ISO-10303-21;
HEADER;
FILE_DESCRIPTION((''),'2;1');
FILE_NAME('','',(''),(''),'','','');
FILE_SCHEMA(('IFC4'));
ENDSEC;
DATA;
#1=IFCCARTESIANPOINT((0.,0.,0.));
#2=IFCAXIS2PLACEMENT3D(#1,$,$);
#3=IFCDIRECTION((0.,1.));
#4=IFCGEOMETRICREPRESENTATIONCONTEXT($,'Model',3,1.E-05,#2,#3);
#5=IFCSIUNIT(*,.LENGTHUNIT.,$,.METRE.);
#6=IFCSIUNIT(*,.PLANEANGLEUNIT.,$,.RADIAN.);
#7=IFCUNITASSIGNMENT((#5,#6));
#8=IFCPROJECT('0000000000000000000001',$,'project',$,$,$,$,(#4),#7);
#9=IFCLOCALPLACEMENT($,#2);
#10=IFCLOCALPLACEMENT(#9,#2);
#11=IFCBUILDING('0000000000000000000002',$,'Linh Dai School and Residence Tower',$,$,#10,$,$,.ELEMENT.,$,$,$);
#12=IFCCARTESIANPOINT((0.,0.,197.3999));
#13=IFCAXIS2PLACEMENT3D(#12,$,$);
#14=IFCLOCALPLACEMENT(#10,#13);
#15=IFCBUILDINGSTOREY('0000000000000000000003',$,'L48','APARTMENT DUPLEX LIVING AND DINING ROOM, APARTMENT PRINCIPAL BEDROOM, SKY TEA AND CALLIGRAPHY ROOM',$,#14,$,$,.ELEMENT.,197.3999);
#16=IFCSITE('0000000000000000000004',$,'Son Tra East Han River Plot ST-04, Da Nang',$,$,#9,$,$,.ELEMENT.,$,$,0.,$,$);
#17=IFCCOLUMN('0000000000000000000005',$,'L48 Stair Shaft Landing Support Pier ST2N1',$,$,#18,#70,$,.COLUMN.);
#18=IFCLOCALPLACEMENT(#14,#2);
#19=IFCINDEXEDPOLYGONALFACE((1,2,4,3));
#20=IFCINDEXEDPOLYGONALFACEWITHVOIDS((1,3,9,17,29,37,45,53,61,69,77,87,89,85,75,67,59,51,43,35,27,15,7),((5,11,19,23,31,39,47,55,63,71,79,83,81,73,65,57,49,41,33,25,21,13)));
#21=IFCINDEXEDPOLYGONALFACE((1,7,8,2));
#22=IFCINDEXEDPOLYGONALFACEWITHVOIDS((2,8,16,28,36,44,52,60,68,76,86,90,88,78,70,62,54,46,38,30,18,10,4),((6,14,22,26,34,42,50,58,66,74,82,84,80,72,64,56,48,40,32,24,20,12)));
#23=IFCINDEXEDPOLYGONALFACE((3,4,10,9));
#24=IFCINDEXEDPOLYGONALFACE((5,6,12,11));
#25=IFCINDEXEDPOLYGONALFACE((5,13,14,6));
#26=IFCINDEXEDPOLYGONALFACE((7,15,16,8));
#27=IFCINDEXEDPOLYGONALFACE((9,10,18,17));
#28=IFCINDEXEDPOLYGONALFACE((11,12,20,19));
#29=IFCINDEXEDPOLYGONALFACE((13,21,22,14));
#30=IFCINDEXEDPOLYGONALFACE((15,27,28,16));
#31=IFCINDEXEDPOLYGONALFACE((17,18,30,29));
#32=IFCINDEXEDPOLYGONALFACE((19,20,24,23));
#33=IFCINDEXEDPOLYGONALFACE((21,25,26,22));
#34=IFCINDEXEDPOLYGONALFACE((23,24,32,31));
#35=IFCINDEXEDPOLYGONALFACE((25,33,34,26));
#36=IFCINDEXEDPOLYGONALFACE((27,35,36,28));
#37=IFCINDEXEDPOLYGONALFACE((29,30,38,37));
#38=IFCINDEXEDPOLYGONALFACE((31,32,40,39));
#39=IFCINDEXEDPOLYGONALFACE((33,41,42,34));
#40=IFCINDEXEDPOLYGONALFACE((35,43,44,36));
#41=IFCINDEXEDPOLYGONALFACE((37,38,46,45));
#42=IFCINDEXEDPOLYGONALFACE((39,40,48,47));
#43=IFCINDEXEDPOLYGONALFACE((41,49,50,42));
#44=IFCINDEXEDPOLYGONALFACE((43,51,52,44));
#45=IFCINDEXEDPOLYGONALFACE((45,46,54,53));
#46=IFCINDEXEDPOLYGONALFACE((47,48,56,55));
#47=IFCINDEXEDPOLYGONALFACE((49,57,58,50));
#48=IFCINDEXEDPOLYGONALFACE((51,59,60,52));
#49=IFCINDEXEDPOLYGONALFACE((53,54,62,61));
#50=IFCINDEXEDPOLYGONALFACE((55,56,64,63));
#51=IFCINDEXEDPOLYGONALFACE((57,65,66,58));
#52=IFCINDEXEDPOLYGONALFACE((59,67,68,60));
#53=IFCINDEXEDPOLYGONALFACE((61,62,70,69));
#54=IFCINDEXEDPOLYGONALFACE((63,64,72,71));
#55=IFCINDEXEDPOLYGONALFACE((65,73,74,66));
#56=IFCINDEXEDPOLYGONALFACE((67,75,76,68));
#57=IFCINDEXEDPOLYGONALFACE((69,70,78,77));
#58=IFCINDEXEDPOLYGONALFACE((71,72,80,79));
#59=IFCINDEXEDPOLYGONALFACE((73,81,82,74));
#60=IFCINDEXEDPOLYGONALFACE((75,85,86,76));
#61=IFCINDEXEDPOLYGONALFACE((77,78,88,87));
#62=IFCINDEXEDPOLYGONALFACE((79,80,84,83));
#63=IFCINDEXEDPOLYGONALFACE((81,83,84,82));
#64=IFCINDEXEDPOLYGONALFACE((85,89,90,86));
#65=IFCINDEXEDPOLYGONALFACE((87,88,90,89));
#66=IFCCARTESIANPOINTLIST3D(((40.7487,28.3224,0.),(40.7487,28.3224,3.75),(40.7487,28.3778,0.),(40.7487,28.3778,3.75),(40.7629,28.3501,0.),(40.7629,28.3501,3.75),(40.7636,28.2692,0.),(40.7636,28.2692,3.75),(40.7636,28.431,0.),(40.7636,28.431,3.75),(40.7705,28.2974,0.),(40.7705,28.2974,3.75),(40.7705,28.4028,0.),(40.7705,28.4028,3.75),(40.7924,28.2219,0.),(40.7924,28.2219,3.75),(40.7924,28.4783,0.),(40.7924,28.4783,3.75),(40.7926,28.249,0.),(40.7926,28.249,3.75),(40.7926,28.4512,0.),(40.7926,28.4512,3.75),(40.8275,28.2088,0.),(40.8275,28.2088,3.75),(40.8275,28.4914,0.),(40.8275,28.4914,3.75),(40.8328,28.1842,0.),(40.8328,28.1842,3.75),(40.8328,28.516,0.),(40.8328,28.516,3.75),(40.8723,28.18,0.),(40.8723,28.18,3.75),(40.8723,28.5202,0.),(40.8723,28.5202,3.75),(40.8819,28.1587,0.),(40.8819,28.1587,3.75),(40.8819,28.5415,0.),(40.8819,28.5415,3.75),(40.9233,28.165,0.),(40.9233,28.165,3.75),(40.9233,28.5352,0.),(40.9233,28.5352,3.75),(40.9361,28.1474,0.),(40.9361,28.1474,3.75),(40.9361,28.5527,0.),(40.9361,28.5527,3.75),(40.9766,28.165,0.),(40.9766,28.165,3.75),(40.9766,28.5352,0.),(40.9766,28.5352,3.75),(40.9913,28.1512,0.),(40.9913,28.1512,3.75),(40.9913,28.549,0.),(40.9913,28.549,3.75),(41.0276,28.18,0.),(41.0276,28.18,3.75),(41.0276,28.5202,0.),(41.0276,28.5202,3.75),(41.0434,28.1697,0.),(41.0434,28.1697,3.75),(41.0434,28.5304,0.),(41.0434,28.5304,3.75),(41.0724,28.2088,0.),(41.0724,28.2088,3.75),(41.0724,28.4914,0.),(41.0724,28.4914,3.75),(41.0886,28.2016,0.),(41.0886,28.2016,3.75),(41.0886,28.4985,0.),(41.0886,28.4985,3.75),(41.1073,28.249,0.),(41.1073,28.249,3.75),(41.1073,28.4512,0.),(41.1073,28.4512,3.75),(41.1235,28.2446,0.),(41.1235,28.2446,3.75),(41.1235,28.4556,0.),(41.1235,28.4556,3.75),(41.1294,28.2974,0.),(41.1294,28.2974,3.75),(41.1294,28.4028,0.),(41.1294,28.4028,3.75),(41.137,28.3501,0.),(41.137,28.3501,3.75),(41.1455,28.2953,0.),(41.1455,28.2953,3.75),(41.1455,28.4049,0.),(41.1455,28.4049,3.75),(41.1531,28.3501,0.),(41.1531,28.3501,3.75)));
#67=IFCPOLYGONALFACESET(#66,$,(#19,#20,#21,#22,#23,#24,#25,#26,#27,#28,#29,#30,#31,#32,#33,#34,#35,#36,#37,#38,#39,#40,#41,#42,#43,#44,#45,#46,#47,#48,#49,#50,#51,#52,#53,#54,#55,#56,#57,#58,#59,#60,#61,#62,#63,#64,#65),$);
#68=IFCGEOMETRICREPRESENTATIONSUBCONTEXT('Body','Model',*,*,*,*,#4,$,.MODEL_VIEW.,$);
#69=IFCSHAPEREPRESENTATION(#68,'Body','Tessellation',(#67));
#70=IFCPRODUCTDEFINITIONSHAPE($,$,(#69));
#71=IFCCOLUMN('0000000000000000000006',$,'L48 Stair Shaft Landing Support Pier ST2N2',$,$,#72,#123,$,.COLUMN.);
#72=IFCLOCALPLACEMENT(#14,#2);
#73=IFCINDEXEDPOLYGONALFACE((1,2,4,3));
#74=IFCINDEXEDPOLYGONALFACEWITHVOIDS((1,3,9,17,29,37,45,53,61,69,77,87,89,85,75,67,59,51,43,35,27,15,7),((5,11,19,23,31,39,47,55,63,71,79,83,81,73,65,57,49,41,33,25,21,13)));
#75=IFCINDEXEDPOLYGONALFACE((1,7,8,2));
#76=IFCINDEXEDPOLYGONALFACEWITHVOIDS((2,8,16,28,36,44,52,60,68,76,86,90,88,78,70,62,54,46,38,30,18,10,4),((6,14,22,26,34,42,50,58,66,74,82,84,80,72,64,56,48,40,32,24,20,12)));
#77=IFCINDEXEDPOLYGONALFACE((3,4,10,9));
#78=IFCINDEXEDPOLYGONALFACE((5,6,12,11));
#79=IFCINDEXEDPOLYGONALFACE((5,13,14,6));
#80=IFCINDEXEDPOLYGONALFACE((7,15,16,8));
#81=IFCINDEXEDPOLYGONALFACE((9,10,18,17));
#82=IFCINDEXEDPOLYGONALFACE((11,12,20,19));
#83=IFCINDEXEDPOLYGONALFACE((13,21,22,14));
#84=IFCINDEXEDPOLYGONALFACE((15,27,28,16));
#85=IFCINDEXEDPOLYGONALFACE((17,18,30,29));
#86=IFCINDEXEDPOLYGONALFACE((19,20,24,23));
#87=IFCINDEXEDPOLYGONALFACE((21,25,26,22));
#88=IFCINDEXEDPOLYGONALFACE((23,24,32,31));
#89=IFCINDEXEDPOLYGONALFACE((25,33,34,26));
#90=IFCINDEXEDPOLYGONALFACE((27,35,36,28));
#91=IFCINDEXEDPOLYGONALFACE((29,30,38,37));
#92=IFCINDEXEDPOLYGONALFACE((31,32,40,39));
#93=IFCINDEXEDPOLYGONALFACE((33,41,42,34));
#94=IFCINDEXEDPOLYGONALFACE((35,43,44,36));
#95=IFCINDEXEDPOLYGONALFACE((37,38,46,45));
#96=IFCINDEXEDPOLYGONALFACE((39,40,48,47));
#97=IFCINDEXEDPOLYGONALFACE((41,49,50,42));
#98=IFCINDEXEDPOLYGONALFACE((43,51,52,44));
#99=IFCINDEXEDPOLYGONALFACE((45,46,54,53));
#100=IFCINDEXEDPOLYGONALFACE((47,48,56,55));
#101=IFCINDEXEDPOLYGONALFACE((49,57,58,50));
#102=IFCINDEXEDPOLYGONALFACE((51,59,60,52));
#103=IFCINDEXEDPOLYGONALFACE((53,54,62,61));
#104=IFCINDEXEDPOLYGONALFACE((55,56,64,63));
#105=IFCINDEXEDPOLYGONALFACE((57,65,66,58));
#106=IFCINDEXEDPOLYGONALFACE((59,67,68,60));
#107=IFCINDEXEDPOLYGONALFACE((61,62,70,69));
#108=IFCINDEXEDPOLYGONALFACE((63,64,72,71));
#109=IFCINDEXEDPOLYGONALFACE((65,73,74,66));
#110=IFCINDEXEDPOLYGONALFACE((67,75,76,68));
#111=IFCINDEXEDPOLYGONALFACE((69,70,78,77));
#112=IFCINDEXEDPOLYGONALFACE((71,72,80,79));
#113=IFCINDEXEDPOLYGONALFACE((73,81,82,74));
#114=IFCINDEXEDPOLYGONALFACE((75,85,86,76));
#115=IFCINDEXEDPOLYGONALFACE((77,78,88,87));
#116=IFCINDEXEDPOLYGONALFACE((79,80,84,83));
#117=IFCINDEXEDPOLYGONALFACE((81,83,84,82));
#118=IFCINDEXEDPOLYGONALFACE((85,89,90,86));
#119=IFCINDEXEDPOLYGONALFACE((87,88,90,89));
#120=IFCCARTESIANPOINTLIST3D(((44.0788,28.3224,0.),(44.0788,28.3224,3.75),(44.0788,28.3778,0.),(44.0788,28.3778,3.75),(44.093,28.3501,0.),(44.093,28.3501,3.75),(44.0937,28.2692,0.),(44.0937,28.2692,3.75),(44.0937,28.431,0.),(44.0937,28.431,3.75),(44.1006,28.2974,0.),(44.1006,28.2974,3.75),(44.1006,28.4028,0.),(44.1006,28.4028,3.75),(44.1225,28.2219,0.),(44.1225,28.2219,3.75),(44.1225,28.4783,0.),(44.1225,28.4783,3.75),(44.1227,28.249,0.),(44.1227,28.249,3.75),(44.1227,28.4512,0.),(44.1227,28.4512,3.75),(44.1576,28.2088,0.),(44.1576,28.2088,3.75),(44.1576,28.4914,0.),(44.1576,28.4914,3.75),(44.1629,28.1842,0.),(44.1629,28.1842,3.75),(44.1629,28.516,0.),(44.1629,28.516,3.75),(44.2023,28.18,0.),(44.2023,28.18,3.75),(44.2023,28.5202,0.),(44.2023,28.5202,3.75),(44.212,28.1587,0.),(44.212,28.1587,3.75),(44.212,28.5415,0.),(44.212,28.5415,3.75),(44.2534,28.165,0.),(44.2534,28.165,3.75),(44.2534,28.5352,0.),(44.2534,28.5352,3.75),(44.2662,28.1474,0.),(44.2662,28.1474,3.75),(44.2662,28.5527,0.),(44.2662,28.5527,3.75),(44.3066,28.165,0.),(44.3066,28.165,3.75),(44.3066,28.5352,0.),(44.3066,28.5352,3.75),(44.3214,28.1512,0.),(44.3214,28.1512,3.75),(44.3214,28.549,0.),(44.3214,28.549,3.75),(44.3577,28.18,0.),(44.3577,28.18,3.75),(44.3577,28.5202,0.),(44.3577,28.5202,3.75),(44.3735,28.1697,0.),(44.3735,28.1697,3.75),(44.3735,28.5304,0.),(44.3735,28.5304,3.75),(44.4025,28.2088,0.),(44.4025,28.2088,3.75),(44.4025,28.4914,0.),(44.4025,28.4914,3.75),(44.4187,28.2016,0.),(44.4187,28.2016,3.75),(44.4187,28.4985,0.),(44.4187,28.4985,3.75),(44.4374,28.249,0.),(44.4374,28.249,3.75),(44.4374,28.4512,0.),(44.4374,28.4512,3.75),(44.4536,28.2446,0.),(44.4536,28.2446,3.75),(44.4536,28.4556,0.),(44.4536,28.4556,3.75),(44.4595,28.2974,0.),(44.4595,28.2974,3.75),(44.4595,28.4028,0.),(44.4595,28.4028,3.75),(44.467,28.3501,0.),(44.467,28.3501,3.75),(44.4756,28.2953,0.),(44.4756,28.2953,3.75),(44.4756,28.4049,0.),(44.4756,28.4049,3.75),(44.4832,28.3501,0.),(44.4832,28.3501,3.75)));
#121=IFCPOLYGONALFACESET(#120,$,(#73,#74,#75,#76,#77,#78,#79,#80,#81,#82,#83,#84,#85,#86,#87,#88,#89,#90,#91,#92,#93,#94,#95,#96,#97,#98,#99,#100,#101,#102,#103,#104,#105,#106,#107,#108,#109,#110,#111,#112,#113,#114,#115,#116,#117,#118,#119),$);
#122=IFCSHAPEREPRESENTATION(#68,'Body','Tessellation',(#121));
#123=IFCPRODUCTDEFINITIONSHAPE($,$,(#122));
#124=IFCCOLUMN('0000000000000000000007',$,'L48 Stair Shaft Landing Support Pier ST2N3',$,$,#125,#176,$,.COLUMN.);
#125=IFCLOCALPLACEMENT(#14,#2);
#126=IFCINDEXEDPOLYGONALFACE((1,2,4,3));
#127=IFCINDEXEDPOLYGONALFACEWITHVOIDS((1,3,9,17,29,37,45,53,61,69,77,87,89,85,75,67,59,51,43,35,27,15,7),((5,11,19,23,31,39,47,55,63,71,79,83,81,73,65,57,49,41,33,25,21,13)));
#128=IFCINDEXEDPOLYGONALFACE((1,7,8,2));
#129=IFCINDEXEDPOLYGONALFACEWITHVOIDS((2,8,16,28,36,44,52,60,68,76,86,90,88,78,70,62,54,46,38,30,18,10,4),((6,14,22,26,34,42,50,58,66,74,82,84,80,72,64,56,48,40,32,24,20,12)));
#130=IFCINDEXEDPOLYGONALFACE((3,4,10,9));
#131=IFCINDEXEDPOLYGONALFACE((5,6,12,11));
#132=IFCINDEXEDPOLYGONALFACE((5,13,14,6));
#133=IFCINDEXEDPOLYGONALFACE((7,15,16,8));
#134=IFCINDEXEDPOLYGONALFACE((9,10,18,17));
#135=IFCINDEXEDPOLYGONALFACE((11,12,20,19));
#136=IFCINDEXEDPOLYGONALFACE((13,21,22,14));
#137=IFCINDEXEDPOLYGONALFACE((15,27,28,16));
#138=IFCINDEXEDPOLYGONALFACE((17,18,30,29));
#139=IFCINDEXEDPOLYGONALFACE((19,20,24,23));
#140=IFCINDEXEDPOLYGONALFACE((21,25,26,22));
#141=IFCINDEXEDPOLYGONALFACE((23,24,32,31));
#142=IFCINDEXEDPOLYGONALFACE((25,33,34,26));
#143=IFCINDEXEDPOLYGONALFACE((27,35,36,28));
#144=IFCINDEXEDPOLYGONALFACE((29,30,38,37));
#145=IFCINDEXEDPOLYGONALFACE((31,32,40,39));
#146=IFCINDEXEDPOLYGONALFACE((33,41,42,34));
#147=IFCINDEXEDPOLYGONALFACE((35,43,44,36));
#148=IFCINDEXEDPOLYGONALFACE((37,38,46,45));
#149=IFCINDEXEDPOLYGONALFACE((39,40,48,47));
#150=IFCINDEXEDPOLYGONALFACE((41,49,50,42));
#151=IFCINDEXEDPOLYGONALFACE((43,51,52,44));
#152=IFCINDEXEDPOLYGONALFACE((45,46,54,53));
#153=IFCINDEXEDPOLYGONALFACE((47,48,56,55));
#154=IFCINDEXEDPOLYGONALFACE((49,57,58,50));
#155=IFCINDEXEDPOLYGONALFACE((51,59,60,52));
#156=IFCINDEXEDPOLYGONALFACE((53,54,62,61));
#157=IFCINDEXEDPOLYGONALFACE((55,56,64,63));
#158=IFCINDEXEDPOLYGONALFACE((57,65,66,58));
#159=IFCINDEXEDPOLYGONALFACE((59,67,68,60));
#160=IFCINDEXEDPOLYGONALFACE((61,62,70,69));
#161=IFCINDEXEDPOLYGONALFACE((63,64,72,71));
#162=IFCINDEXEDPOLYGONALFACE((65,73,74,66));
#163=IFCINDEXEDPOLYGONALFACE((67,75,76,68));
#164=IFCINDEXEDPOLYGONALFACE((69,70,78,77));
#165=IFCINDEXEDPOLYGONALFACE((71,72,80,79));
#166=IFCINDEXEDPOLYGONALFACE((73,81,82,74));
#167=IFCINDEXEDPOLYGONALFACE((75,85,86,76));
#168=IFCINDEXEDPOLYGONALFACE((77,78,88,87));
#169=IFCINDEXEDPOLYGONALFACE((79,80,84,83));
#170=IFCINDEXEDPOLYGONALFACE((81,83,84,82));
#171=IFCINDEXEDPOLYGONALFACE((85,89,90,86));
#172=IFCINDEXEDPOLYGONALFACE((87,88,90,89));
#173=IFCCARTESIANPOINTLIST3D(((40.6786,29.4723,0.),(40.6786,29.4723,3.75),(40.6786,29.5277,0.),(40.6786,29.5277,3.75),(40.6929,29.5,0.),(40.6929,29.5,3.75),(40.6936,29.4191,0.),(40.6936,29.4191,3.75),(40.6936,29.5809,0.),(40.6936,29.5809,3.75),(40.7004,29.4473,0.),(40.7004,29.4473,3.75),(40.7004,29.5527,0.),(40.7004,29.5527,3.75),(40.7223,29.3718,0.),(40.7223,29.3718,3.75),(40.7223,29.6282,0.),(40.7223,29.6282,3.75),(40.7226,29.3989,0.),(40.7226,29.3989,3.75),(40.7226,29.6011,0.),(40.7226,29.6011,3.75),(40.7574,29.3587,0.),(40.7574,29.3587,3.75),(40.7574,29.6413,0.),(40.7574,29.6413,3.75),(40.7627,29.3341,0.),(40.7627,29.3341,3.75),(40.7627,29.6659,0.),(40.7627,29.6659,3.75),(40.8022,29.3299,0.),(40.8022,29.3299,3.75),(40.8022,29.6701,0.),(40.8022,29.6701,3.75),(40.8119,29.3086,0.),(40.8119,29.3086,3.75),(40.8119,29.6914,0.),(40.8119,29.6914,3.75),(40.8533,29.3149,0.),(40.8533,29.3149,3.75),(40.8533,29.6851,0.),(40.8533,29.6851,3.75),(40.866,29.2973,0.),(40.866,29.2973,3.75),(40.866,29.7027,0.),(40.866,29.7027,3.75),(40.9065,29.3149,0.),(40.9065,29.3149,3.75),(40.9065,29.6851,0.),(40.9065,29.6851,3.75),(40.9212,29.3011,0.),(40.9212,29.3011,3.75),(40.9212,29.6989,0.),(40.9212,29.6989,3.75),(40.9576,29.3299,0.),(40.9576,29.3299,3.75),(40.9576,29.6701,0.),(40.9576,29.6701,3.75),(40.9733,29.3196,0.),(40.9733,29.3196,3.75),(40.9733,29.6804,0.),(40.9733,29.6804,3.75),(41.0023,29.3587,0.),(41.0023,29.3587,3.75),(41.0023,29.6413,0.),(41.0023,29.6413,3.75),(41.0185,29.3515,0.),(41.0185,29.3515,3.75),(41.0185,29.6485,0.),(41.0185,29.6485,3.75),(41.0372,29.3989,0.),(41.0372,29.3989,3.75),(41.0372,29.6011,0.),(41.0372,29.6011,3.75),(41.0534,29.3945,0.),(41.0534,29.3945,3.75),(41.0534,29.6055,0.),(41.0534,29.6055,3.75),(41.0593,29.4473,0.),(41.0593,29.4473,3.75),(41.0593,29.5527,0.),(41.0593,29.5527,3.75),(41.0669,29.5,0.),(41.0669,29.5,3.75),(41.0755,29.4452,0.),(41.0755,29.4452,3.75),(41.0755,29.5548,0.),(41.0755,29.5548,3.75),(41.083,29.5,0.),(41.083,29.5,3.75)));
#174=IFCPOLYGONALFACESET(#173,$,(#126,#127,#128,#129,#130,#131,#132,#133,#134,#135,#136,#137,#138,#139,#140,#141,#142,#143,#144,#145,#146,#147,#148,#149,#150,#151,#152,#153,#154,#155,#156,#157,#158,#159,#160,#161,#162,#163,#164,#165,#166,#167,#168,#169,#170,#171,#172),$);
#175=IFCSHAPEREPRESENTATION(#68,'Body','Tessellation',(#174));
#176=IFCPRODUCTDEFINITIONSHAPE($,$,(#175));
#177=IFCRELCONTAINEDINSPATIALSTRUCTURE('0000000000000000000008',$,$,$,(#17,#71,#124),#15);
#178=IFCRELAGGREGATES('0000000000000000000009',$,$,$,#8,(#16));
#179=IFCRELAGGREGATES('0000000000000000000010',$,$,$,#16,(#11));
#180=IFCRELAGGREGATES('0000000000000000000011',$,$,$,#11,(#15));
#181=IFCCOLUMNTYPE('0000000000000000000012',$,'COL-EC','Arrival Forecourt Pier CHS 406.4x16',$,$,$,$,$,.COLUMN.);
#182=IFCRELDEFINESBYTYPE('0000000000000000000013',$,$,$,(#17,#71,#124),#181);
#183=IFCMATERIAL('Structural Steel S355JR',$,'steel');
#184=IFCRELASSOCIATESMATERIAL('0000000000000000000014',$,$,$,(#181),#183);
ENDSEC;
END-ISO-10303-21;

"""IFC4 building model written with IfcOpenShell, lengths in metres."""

from ifc_helpers import new_model, si_unit, direction, frame, origin, origin_2d, place, context, subcontext, project, spatial, hollow_circle, extrude, material, material_profile, profile_set, type_object, element, save


model = new_model("IFC4")

# Units and contexts
model_context = context("Model", 3, precision=1e-05, world=origin(), true_north=direction((0.0, 1.0)))
body_context = subcontext(model_context, "Body", "Model", "MODEL_VIEW")
ifc_project = project(units=[si_unit("LENGTHUNIT", "METRE"), si_unit("PLANEANGLEUNIT", "RADIAN")], contexts=[model_context])

# Site, building, storey
site_placement = place(None, origin())
site = spatial("IfcSite", under=ifc_project, at=site_placement, Name="Son Tra East Han River Plot ST-04, Da Nang", CompositionType="ELEMENT", RefElevation=0.0)
building_placement = place(site_placement, origin())
building = spatial("IfcBuilding", under=site, at=building_placement, Name="Linh Dai School and Residence Tower", CompositionType="ELEMENT")
storey_placement = place(building_placement, frame((0.0, 0.0, 197.3999)))
storey = spatial("IfcBuildingStorey", under=building, at=storey_placement, Name="L48", Description="APARTMENT DUPLEX LIVING AND DINING ROOM, APARTMENT PRINCIPAL BEDROOM, SKY TEA AND CALLIGRAPHY ROOM", CompositionType="ELEMENT", Elevation=197.3999)

# Columns
ifc_material_1 = material(Name="Structural Steel S355JR", Category="steel")
ifc_material_profile_1 = material_profile(ifc_material_1, hollow_circle(Radius=0.2031, WallThickness=0.0161, at=origin_2d()), Name="CHS 406.4x16")
ifc_profile_set_1 = profile_set([ifc_material_profile_1], Name="Structural Steel S355JR")
column_type_1 = type_object("IfcColumnType", Name="COL-EC", Description="Arrival Forecourt Pier CHS 406.4x16", PredefinedType="COLUMN", material=ifc_profile_set_1)
for number, where, z_axis, x_axis, name in (
    (1, (40.95, 28.3501, 0.0), (0.0, 0.0, 1.0), (1.0, 0.0, 0.0), "L48 Stair Shaft Landing Support Pier ST2N1"),
    (2, (44.28, 28.3501, 0.0), (0.0, 0.0, 1.0), (1.0, 0.0, 0.0), "L48 Stair Shaft Landing Support Pier ST2N2"),
    (3, (40.8799, 29.5, 0.0), (0.0, 0.0, 1.0), (1.0, 0.0, 0.0), "L48 Stair Shaft Landing Support Pier ST2N3"),
):
    element("IfcColumn", number, at=place(storey_placement, frame(where, z_axis=z_axis, x_axis=x_axis)), inside=storey, type_object=column_type_1, Name=name, PredefinedType="COLUMN", context=body_context, shape_type="SweptSolid", body=[
        extrude(hollow_circle(Radius=0.2031, WallThickness=0.0161, at=origin_2d()), origin(), (0.0, 0.0, 1.0), 3.75),
    ])

save(model, "model.ifc")
